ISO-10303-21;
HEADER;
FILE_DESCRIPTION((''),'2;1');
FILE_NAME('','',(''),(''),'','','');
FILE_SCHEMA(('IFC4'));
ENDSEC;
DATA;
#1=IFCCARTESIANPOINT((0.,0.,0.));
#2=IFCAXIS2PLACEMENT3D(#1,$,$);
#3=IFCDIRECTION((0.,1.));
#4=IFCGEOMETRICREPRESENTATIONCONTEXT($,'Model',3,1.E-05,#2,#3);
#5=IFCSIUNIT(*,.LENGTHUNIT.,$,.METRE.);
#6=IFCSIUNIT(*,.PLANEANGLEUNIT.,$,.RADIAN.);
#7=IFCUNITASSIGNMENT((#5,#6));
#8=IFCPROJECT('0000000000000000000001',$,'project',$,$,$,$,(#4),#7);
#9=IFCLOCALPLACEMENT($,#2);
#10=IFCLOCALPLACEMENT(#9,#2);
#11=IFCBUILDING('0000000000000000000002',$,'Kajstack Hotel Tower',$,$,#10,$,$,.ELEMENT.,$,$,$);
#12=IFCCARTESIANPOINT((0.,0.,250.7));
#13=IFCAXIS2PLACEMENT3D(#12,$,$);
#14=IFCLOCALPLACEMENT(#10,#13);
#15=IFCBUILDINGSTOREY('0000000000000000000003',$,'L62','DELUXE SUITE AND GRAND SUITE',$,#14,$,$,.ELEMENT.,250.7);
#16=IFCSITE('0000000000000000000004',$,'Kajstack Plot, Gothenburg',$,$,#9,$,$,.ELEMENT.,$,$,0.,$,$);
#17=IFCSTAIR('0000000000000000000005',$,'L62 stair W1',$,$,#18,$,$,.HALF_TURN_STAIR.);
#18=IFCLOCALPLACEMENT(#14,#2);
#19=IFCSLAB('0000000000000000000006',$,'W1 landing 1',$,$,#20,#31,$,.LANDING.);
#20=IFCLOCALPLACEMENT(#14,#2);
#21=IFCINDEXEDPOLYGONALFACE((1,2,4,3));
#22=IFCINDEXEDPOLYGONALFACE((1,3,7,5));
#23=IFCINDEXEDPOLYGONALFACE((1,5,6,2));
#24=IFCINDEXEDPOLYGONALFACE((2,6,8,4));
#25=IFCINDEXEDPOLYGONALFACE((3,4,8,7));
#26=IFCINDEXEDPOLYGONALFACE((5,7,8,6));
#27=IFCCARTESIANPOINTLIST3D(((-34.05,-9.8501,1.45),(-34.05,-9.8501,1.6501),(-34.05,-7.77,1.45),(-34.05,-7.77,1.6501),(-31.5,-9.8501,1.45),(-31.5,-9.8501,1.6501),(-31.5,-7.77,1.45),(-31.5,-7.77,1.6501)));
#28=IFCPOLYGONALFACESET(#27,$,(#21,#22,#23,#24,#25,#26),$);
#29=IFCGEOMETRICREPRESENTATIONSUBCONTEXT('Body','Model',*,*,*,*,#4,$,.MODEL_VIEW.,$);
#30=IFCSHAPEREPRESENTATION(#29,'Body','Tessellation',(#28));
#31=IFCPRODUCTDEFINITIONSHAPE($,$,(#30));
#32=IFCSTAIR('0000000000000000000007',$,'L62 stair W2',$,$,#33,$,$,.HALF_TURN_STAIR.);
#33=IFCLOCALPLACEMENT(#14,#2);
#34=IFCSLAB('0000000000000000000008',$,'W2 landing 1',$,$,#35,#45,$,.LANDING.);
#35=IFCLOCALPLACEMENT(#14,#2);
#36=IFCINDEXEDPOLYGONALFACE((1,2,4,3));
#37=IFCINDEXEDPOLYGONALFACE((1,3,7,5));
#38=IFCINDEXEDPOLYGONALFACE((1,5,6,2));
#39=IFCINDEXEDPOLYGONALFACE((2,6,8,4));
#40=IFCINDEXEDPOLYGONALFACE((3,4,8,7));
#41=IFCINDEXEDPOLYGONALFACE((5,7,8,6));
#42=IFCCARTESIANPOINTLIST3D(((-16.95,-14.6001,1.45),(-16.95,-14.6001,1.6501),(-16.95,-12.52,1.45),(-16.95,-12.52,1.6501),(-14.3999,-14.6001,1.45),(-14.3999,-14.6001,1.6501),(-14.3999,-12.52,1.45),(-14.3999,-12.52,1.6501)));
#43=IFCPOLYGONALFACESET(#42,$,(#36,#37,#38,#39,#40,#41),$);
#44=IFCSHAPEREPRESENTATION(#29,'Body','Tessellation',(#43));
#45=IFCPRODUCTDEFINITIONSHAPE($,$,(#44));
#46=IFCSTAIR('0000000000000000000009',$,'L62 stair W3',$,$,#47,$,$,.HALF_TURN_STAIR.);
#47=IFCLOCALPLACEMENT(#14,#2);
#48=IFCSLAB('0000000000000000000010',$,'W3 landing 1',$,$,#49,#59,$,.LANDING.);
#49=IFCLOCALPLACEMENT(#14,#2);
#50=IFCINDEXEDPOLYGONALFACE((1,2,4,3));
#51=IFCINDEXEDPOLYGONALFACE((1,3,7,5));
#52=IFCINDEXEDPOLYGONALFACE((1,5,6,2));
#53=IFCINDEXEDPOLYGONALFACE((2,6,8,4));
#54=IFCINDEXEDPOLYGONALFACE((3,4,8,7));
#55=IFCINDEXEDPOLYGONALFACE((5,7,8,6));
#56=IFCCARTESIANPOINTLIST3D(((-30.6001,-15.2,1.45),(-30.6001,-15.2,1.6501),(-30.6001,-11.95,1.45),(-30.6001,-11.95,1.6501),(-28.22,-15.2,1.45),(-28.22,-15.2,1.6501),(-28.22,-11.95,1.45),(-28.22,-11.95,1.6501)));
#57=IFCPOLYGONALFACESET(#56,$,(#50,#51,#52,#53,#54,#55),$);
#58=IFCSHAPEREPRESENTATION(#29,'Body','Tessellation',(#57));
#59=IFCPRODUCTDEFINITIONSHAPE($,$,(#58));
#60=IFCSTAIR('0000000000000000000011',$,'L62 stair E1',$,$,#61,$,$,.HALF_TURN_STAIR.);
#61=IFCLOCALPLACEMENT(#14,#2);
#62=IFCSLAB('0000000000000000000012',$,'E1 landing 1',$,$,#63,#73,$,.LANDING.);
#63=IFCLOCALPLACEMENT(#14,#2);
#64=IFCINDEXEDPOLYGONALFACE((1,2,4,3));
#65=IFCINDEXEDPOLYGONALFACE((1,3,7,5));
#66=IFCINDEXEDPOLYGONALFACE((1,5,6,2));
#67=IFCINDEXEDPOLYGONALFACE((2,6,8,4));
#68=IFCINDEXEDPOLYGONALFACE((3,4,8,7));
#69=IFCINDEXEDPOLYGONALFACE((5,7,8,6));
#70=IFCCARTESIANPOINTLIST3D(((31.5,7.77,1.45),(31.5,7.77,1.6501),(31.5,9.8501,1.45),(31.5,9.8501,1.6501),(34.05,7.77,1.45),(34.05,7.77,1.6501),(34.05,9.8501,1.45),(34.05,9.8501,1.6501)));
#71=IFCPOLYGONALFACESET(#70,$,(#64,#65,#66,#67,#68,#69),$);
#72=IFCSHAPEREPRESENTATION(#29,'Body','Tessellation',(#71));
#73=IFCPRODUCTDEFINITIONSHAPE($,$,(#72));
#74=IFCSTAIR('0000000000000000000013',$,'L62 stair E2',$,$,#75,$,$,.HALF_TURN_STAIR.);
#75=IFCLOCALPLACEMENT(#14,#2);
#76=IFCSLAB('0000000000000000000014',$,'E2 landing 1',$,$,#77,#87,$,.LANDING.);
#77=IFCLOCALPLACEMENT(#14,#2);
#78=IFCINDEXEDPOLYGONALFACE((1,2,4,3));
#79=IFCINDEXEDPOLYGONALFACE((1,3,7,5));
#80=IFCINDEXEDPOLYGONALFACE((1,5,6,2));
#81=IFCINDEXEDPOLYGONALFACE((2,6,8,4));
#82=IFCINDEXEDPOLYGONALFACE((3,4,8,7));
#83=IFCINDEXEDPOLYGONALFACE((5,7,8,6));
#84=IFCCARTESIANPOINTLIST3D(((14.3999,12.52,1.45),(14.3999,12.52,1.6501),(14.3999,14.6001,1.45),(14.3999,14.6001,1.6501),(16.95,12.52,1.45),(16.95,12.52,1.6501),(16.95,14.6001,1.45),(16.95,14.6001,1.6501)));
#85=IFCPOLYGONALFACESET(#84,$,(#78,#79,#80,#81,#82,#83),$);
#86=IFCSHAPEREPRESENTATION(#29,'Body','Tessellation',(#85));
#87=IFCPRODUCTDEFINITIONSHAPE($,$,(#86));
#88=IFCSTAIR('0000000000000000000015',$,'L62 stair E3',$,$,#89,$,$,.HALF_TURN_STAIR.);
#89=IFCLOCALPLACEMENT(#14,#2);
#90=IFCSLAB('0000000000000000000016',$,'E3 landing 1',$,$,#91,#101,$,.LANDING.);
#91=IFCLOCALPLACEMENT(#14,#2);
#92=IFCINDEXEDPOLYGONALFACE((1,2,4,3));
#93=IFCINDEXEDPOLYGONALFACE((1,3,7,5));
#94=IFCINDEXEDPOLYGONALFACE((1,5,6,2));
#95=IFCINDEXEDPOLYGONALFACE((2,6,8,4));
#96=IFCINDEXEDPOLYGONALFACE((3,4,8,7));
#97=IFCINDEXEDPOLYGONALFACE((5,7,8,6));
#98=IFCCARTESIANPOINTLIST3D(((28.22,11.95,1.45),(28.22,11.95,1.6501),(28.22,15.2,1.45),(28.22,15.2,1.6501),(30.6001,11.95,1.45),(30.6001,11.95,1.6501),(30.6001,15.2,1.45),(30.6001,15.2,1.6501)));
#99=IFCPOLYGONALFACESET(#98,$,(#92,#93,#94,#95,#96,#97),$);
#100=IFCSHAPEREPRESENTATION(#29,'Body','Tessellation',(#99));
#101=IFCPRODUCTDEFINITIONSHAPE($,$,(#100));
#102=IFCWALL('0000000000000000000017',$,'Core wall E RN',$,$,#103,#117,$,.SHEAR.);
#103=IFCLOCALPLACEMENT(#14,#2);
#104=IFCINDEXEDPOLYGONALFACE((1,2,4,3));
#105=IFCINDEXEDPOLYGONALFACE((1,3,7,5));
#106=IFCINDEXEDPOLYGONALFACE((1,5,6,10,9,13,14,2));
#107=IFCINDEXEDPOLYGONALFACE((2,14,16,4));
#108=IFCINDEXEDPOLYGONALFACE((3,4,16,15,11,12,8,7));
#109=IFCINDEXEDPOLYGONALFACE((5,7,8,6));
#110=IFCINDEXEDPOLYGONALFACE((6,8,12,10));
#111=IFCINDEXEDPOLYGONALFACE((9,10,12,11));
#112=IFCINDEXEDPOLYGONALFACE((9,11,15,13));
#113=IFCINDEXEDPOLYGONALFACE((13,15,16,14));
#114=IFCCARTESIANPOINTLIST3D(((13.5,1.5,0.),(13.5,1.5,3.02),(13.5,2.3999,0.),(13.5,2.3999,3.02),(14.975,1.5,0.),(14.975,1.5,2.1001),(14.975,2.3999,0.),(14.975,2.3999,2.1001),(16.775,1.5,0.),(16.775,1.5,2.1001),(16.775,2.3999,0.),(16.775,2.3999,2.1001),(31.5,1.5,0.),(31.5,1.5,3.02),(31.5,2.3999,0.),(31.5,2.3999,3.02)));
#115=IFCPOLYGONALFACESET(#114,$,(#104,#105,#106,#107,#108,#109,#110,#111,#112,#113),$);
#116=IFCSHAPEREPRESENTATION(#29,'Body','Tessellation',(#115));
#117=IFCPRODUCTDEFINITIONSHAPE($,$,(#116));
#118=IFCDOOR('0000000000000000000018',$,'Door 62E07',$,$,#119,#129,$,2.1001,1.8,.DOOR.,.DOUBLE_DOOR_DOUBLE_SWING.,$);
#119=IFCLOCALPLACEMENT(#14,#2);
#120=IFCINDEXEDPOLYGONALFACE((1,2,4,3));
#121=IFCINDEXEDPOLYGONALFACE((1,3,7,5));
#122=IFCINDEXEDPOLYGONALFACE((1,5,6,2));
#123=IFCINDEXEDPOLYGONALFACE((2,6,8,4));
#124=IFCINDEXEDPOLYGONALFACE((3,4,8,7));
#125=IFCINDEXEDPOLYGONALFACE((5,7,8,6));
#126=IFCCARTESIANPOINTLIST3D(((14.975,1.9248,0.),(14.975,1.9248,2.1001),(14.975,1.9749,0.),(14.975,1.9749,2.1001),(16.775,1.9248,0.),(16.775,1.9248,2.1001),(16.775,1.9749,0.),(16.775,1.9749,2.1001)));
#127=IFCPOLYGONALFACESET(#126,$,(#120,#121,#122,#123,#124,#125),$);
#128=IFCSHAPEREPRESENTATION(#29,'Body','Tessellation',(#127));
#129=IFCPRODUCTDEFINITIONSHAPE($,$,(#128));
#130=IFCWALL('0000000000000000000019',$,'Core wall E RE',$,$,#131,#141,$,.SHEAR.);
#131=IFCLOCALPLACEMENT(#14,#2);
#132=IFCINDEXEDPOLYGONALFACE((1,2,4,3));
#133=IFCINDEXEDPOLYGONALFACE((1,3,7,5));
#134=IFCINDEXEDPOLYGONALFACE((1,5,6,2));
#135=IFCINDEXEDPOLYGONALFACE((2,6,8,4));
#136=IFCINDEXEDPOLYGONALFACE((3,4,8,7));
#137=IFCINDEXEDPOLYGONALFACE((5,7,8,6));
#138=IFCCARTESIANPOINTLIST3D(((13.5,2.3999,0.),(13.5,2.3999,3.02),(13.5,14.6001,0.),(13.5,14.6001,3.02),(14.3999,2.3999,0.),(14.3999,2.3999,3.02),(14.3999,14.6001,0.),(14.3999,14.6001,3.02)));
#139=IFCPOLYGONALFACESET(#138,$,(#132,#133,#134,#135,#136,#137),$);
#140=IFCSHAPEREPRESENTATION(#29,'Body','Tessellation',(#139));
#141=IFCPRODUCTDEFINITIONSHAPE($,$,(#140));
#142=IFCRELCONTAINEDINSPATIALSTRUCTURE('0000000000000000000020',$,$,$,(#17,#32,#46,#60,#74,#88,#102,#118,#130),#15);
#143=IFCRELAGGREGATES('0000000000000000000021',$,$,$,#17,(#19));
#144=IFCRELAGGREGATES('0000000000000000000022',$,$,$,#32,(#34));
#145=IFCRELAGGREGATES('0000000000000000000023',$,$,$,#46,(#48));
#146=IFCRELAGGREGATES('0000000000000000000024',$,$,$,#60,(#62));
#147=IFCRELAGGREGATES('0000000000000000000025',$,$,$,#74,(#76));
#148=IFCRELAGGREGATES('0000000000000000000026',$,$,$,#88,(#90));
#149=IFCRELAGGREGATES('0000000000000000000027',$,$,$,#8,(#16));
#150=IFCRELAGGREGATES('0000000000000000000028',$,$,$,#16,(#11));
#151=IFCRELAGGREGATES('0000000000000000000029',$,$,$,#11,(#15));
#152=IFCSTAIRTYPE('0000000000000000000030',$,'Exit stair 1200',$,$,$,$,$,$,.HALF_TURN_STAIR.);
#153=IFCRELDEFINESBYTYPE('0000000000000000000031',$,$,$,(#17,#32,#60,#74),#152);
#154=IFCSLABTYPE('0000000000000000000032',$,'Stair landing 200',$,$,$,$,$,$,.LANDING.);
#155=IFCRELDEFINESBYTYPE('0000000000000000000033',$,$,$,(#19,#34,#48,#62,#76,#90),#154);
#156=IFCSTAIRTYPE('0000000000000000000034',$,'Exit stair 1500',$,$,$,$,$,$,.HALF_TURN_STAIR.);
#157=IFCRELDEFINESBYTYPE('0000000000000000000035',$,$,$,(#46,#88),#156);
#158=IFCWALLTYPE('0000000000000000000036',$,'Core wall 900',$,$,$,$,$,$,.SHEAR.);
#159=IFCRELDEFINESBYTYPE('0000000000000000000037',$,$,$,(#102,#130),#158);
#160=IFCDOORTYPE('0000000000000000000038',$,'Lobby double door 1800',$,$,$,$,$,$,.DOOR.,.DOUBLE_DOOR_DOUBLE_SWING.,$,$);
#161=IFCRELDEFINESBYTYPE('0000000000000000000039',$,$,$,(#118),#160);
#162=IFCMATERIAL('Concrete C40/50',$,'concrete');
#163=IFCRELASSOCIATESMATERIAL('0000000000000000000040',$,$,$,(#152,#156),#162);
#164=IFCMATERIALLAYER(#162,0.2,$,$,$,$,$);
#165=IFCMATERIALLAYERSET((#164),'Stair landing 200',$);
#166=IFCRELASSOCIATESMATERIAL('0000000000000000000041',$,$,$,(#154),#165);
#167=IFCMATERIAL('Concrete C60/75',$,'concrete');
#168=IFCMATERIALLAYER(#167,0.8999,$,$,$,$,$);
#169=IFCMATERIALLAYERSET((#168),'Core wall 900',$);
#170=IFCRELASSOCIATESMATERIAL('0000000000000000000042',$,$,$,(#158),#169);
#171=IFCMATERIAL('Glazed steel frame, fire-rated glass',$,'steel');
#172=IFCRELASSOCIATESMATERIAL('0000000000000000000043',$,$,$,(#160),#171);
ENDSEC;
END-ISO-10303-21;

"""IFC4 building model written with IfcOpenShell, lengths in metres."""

from ifc_helpers import new_model, si_unit, direction, frame, frame_2d, origin, place, context, subcontext, project, spatial, polyline, rectangle, outline, extrude, material, layer, layer_set, type_object, element, fill, aggregate, save


model = new_model("IFC4")

# Units and contexts
model_context = context("Model", 3, precision=1e-05, world=origin(), true_north=direction((0.0, 1.0)))
body_context = subcontext(model_context, "Body", "Model", "MODEL_VIEW")
ifc_project = project(units=[si_unit("LENGTHUNIT", "METRE"), si_unit("PLANEANGLEUNIT", "RADIAN")], contexts=[model_context])

# Site, building, storey
site_placement = place(None, origin())
site = spatial("IfcSite", under=ifc_project, at=site_placement, Name="Kajstack Plot, Gothenburg", CompositionType="ELEMENT", RefElevation=0.0)
building_placement = place(site_placement, origin())
building = spatial("IfcBuilding", under=site, at=building_placement, Name="Kajstack Hotel Tower", CompositionType="ELEMENT")
storey_placement = place(building_placement, frame((0.0, 0.0, 250.7)))
storey = spatial("IfcBuildingStorey", under=building, at=storey_placement, Name="L62", Description="DELUXE SUITE AND GRAND SUITE", CompositionType="ELEMENT", Elevation=250.7)

# Stairs, slabs
ifc_material_1 = material(Name="Concrete C40/50", Category="concrete")
stair_type_1 = type_object("IfcStairType", Name="Exit stair 1200", PredefinedType="HALF_TURN_STAIR", material=ifc_material_1)
stair_1_placement = place(storey_placement, origin())
stair_1 = element("IfcStair", 1, at=stair_1_placement, inside=storey, type_object=stair_type_1, Name="L62 stair W1", PredefinedType="HALF_TURN_STAIR")
ifc_layer_1 = layer(ifc_material_1, 0.2)
ifc_layer_set_1 = layer_set([ifc_layer_1], Name="Stair landing 200")
slab_type = type_object("IfcSlabType", Name="Stair landing 200", PredefinedType="LANDING", material=ifc_layer_set_1)
slab_1_placement = place(storey_placement, frame((0.0, 0.0, 1.45)))
slab_1 = element("IfcSlab", 2, at=slab_1_placement, type_object=slab_type, Name="W1 landing 1", PredefinedType="LANDING", context=body_context, shape_type="SweptSolid", body=[
    extrude(outline(polyline([(-34.05, -7.77), (-34.05, -9.8501), (-31.5, -9.8501), (-31.5, -7.77), (-34.05, -7.77)])), origin(), (0.0, 0.0, 1.0), 0.2002),
])
aggregate(stair_1, [slab_1])
stair_2_placement = place(storey_placement, origin())
stair_2 = element("IfcStair", 3, at=stair_2_placement, inside=storey, type_object=stair_type_1, Name="L62 stair W2", PredefinedType="HALF_TURN_STAIR")
slab_2_placement = place(storey_placement, frame((0.0, 0.0, 1.45)))
slab_2 = element("IfcSlab", 4, at=slab_2_placement, type_object=slab_type, Name="W2 landing 1", PredefinedType="LANDING", context=body_context, shape_type="SweptSolid", body=[
    extrude(outline(polyline([(-16.95, -12.52), (-16.95, -14.6001), (-14.3999, -14.6001), (-14.3999, -12.52), (-16.95, -12.52)])), origin(), (0.0, 0.0, 1.0), 0.2002),
])
aggregate(stair_2, [slab_2])
stair_type_2 = type_object("IfcStairType", Name="Exit stair 1500", PredefinedType="HALF_TURN_STAIR", material=ifc_material_1)
stair_3_placement = place(storey_placement, origin())
stair_3 = element("IfcStair", 5, at=stair_3_placement, inside=storey, type_object=stair_type_2, Name="L62 stair W3", PredefinedType="HALF_TURN_STAIR")
slab_3_placement = place(storey_placement, frame((0.0, 0.0, 1.45)))
slab_3 = element("IfcSlab", 6, at=slab_3_placement, type_object=slab_type, Name="W3 landing 1", PredefinedType="LANDING", context=body_context, shape_type="SweptSolid", body=[
    extrude(outline(polyline([(-28.22, -11.95), (-30.6001, -11.95), (-30.6001, -15.2), (-28.22, -15.2), (-28.22, -11.95)])), origin(), (0.0, 0.0, 1.0), 0.2002),
])
aggregate(stair_3, [slab_3])
stair_4_placement = place(storey_placement, origin())
stair_4 = element("IfcStair", 7, at=stair_4_placement, inside=storey, type_object=stair_type_1, Name="L62 stair E1", PredefinedType="HALF_TURN_STAIR")
slab_4_placement = place(storey_placement, frame((0.0, 0.0, 1.45)))
slab_4 = element("IfcSlab", 8, at=slab_4_placement, type_object=slab_type, Name="E1 landing 1", PredefinedType="LANDING", context=body_context, shape_type="SweptSolid", body=[
    extrude(outline(polyline([(34.05, 7.77), (34.05, 9.8501), (31.5, 9.8501), (31.5, 7.77), (34.05, 7.77)])), origin(), (0.0, 0.0, 1.0), 0.2002),
])
aggregate(stair_4, [slab_4])
stair_5_placement = place(storey_placement, origin())
stair_5 = element("IfcStair", 9, at=stair_5_placement, inside=storey, type_object=stair_type_1, Name="L62 stair E2", PredefinedType="HALF_TURN_STAIR")
slab_5_placement = place(storey_placement, frame((0.0, 0.0, 1.45)))
slab_5 = element("IfcSlab", 10, at=slab_5_placement, type_object=slab_type, Name="E2 landing 1", PredefinedType="LANDING", context=body_context, shape_type="SweptSolid", body=[
    extrude(outline(polyline([(16.95, 12.52), (16.95, 14.6001), (14.3999, 14.6001), (14.3999, 12.52), (16.95, 12.52)])), origin(), (0.0, 0.0, 1.0), 0.2002),
])
aggregate(stair_5, [slab_5])
stair_6_placement = place(storey_placement, origin())
stair_6 = element("IfcStair", 11, at=stair_6_placement, inside=storey, type_object=stair_type_2, Name="L62 stair E3", PredefinedType="HALF_TURN_STAIR")
slab_6_placement = place(storey_placement, frame((0.0, 0.0, 1.45)))
slab_6 = element("IfcSlab", 12, at=slab_6_placement, type_object=slab_type, Name="E3 landing 1", PredefinedType="LANDING", context=body_context, shape_type="SweptSolid", body=[
    extrude(outline(polyline([(28.22, 11.95), (30.6001, 11.95), (30.6001, 15.2), (28.22, 15.2), (28.22, 11.95)])), origin(), (0.0, 0.0, 1.0), 0.2002),
])
aggregate(stair_6, [slab_6])

# Wall, opening, door
ifc_material_2 = material(Name="Concrete C60/75", Category="concrete")
ifc_layer_2 = layer(ifc_material_2, 0.8999)
ifc_layer_set_2 = layer_set([ifc_layer_2], Name="Core wall 900")
wall_type_1 = type_object("IfcWallType", Name="Core wall 900", PredefinedType="SHEAR", material=ifc_layer_set_2)
wall_1_placement = place(storey_placement, frame((13.5, 1.95, 0.0), z_axis=(0.0, 0.0, 1.0), x_axis=(1.0, 0.0, 0.0)))
wall_1 = element("IfcWall", 13, at=wall_1_placement, inside=storey, type_object=wall_type_1, Name="Core wall E RN", PredefinedType="SHEAR", context=body_context, shape_type="SweptSolid", body=[
    extrude(rectangle(XDim=18.0, YDim=0.8999, at=frame_2d((9.0, 0.0))), origin(), (0.0, 0.0, 1.0), 3.02),
])
opening_1_placement = place(wall_1_placement, frame((1.4751, 0.0, 0.0)))
opening_1 = element("IfcOpeningElement", 14, at=opening_1_placement, cuts=wall_1, PredefinedType="OPENING", context=body_context, shape_type="SweptSolid", body=[
    extrude(rectangle(XDim=1.8, YDim=2.1001, at=frame_2d((0.8999, 1.05))), frame((0.0, 0.46, 0.0), z_axis=(0.0, -1.0, 0.0), x_axis=(1.0, 0.0, 0.0)), (0.0, 0.0, 1.0), 0.9199),
])
ifc_material_3 = material(Name="Glazed steel frame, fire-rated glass", Category="steel")
door_type_1 = type_object("IfcDoorType", Name="Lobby double door 1800", OperationType="DOUBLE_DOOR_DOUBLE_SWING", PredefinedType="DOOR", material=ifc_material_3)
door_1_placement = place(opening_1_placement, origin())
door_1 = element("IfcDoor", 15, at=door_1_placement, inside=storey, type_object=door_type_1, Name="Door 62E07", OperationType="DOUBLE_DOOR_DOUBLE_SWING", OverallHeight=2.1001, OverallWidth=1.8, PredefinedType="DOOR", context=body_context, shape_type="SweptSolid", body=[
    extrude(rectangle(XDim=1.8, YDim=2.1001, at=frame_2d((0.8999, 1.05))), frame((0.0, 0.0249, 0.0), z_axis=(0.0, -1.0, 0.0), x_axis=(1.0, 0.0, 0.0)), (0.0, 0.0, 1.0), 0.05),
])
fill(opening_1, door_1)

# Wall
wall_2_placement = place(storey_placement, frame((13.95, 2.3999, 0.0), z_axis=(0.0, 0.0, 1.0), x_axis=(0.0, 1.0, 0.0)))
element("IfcWall", 16, at=wall_2_placement, inside=storey, type_object=wall_type_1, Name="Core wall E RE", PredefinedType="SHEAR", context=body_context, shape_type="SweptSolid", body=[
    extrude(rectangle(XDim=12.2002, YDim=0.8999, at=frame_2d((6.1001, 0.0))), origin(), (0.0, 0.0, 1.0), 3.02),
])

save(model, "model.ifc")
